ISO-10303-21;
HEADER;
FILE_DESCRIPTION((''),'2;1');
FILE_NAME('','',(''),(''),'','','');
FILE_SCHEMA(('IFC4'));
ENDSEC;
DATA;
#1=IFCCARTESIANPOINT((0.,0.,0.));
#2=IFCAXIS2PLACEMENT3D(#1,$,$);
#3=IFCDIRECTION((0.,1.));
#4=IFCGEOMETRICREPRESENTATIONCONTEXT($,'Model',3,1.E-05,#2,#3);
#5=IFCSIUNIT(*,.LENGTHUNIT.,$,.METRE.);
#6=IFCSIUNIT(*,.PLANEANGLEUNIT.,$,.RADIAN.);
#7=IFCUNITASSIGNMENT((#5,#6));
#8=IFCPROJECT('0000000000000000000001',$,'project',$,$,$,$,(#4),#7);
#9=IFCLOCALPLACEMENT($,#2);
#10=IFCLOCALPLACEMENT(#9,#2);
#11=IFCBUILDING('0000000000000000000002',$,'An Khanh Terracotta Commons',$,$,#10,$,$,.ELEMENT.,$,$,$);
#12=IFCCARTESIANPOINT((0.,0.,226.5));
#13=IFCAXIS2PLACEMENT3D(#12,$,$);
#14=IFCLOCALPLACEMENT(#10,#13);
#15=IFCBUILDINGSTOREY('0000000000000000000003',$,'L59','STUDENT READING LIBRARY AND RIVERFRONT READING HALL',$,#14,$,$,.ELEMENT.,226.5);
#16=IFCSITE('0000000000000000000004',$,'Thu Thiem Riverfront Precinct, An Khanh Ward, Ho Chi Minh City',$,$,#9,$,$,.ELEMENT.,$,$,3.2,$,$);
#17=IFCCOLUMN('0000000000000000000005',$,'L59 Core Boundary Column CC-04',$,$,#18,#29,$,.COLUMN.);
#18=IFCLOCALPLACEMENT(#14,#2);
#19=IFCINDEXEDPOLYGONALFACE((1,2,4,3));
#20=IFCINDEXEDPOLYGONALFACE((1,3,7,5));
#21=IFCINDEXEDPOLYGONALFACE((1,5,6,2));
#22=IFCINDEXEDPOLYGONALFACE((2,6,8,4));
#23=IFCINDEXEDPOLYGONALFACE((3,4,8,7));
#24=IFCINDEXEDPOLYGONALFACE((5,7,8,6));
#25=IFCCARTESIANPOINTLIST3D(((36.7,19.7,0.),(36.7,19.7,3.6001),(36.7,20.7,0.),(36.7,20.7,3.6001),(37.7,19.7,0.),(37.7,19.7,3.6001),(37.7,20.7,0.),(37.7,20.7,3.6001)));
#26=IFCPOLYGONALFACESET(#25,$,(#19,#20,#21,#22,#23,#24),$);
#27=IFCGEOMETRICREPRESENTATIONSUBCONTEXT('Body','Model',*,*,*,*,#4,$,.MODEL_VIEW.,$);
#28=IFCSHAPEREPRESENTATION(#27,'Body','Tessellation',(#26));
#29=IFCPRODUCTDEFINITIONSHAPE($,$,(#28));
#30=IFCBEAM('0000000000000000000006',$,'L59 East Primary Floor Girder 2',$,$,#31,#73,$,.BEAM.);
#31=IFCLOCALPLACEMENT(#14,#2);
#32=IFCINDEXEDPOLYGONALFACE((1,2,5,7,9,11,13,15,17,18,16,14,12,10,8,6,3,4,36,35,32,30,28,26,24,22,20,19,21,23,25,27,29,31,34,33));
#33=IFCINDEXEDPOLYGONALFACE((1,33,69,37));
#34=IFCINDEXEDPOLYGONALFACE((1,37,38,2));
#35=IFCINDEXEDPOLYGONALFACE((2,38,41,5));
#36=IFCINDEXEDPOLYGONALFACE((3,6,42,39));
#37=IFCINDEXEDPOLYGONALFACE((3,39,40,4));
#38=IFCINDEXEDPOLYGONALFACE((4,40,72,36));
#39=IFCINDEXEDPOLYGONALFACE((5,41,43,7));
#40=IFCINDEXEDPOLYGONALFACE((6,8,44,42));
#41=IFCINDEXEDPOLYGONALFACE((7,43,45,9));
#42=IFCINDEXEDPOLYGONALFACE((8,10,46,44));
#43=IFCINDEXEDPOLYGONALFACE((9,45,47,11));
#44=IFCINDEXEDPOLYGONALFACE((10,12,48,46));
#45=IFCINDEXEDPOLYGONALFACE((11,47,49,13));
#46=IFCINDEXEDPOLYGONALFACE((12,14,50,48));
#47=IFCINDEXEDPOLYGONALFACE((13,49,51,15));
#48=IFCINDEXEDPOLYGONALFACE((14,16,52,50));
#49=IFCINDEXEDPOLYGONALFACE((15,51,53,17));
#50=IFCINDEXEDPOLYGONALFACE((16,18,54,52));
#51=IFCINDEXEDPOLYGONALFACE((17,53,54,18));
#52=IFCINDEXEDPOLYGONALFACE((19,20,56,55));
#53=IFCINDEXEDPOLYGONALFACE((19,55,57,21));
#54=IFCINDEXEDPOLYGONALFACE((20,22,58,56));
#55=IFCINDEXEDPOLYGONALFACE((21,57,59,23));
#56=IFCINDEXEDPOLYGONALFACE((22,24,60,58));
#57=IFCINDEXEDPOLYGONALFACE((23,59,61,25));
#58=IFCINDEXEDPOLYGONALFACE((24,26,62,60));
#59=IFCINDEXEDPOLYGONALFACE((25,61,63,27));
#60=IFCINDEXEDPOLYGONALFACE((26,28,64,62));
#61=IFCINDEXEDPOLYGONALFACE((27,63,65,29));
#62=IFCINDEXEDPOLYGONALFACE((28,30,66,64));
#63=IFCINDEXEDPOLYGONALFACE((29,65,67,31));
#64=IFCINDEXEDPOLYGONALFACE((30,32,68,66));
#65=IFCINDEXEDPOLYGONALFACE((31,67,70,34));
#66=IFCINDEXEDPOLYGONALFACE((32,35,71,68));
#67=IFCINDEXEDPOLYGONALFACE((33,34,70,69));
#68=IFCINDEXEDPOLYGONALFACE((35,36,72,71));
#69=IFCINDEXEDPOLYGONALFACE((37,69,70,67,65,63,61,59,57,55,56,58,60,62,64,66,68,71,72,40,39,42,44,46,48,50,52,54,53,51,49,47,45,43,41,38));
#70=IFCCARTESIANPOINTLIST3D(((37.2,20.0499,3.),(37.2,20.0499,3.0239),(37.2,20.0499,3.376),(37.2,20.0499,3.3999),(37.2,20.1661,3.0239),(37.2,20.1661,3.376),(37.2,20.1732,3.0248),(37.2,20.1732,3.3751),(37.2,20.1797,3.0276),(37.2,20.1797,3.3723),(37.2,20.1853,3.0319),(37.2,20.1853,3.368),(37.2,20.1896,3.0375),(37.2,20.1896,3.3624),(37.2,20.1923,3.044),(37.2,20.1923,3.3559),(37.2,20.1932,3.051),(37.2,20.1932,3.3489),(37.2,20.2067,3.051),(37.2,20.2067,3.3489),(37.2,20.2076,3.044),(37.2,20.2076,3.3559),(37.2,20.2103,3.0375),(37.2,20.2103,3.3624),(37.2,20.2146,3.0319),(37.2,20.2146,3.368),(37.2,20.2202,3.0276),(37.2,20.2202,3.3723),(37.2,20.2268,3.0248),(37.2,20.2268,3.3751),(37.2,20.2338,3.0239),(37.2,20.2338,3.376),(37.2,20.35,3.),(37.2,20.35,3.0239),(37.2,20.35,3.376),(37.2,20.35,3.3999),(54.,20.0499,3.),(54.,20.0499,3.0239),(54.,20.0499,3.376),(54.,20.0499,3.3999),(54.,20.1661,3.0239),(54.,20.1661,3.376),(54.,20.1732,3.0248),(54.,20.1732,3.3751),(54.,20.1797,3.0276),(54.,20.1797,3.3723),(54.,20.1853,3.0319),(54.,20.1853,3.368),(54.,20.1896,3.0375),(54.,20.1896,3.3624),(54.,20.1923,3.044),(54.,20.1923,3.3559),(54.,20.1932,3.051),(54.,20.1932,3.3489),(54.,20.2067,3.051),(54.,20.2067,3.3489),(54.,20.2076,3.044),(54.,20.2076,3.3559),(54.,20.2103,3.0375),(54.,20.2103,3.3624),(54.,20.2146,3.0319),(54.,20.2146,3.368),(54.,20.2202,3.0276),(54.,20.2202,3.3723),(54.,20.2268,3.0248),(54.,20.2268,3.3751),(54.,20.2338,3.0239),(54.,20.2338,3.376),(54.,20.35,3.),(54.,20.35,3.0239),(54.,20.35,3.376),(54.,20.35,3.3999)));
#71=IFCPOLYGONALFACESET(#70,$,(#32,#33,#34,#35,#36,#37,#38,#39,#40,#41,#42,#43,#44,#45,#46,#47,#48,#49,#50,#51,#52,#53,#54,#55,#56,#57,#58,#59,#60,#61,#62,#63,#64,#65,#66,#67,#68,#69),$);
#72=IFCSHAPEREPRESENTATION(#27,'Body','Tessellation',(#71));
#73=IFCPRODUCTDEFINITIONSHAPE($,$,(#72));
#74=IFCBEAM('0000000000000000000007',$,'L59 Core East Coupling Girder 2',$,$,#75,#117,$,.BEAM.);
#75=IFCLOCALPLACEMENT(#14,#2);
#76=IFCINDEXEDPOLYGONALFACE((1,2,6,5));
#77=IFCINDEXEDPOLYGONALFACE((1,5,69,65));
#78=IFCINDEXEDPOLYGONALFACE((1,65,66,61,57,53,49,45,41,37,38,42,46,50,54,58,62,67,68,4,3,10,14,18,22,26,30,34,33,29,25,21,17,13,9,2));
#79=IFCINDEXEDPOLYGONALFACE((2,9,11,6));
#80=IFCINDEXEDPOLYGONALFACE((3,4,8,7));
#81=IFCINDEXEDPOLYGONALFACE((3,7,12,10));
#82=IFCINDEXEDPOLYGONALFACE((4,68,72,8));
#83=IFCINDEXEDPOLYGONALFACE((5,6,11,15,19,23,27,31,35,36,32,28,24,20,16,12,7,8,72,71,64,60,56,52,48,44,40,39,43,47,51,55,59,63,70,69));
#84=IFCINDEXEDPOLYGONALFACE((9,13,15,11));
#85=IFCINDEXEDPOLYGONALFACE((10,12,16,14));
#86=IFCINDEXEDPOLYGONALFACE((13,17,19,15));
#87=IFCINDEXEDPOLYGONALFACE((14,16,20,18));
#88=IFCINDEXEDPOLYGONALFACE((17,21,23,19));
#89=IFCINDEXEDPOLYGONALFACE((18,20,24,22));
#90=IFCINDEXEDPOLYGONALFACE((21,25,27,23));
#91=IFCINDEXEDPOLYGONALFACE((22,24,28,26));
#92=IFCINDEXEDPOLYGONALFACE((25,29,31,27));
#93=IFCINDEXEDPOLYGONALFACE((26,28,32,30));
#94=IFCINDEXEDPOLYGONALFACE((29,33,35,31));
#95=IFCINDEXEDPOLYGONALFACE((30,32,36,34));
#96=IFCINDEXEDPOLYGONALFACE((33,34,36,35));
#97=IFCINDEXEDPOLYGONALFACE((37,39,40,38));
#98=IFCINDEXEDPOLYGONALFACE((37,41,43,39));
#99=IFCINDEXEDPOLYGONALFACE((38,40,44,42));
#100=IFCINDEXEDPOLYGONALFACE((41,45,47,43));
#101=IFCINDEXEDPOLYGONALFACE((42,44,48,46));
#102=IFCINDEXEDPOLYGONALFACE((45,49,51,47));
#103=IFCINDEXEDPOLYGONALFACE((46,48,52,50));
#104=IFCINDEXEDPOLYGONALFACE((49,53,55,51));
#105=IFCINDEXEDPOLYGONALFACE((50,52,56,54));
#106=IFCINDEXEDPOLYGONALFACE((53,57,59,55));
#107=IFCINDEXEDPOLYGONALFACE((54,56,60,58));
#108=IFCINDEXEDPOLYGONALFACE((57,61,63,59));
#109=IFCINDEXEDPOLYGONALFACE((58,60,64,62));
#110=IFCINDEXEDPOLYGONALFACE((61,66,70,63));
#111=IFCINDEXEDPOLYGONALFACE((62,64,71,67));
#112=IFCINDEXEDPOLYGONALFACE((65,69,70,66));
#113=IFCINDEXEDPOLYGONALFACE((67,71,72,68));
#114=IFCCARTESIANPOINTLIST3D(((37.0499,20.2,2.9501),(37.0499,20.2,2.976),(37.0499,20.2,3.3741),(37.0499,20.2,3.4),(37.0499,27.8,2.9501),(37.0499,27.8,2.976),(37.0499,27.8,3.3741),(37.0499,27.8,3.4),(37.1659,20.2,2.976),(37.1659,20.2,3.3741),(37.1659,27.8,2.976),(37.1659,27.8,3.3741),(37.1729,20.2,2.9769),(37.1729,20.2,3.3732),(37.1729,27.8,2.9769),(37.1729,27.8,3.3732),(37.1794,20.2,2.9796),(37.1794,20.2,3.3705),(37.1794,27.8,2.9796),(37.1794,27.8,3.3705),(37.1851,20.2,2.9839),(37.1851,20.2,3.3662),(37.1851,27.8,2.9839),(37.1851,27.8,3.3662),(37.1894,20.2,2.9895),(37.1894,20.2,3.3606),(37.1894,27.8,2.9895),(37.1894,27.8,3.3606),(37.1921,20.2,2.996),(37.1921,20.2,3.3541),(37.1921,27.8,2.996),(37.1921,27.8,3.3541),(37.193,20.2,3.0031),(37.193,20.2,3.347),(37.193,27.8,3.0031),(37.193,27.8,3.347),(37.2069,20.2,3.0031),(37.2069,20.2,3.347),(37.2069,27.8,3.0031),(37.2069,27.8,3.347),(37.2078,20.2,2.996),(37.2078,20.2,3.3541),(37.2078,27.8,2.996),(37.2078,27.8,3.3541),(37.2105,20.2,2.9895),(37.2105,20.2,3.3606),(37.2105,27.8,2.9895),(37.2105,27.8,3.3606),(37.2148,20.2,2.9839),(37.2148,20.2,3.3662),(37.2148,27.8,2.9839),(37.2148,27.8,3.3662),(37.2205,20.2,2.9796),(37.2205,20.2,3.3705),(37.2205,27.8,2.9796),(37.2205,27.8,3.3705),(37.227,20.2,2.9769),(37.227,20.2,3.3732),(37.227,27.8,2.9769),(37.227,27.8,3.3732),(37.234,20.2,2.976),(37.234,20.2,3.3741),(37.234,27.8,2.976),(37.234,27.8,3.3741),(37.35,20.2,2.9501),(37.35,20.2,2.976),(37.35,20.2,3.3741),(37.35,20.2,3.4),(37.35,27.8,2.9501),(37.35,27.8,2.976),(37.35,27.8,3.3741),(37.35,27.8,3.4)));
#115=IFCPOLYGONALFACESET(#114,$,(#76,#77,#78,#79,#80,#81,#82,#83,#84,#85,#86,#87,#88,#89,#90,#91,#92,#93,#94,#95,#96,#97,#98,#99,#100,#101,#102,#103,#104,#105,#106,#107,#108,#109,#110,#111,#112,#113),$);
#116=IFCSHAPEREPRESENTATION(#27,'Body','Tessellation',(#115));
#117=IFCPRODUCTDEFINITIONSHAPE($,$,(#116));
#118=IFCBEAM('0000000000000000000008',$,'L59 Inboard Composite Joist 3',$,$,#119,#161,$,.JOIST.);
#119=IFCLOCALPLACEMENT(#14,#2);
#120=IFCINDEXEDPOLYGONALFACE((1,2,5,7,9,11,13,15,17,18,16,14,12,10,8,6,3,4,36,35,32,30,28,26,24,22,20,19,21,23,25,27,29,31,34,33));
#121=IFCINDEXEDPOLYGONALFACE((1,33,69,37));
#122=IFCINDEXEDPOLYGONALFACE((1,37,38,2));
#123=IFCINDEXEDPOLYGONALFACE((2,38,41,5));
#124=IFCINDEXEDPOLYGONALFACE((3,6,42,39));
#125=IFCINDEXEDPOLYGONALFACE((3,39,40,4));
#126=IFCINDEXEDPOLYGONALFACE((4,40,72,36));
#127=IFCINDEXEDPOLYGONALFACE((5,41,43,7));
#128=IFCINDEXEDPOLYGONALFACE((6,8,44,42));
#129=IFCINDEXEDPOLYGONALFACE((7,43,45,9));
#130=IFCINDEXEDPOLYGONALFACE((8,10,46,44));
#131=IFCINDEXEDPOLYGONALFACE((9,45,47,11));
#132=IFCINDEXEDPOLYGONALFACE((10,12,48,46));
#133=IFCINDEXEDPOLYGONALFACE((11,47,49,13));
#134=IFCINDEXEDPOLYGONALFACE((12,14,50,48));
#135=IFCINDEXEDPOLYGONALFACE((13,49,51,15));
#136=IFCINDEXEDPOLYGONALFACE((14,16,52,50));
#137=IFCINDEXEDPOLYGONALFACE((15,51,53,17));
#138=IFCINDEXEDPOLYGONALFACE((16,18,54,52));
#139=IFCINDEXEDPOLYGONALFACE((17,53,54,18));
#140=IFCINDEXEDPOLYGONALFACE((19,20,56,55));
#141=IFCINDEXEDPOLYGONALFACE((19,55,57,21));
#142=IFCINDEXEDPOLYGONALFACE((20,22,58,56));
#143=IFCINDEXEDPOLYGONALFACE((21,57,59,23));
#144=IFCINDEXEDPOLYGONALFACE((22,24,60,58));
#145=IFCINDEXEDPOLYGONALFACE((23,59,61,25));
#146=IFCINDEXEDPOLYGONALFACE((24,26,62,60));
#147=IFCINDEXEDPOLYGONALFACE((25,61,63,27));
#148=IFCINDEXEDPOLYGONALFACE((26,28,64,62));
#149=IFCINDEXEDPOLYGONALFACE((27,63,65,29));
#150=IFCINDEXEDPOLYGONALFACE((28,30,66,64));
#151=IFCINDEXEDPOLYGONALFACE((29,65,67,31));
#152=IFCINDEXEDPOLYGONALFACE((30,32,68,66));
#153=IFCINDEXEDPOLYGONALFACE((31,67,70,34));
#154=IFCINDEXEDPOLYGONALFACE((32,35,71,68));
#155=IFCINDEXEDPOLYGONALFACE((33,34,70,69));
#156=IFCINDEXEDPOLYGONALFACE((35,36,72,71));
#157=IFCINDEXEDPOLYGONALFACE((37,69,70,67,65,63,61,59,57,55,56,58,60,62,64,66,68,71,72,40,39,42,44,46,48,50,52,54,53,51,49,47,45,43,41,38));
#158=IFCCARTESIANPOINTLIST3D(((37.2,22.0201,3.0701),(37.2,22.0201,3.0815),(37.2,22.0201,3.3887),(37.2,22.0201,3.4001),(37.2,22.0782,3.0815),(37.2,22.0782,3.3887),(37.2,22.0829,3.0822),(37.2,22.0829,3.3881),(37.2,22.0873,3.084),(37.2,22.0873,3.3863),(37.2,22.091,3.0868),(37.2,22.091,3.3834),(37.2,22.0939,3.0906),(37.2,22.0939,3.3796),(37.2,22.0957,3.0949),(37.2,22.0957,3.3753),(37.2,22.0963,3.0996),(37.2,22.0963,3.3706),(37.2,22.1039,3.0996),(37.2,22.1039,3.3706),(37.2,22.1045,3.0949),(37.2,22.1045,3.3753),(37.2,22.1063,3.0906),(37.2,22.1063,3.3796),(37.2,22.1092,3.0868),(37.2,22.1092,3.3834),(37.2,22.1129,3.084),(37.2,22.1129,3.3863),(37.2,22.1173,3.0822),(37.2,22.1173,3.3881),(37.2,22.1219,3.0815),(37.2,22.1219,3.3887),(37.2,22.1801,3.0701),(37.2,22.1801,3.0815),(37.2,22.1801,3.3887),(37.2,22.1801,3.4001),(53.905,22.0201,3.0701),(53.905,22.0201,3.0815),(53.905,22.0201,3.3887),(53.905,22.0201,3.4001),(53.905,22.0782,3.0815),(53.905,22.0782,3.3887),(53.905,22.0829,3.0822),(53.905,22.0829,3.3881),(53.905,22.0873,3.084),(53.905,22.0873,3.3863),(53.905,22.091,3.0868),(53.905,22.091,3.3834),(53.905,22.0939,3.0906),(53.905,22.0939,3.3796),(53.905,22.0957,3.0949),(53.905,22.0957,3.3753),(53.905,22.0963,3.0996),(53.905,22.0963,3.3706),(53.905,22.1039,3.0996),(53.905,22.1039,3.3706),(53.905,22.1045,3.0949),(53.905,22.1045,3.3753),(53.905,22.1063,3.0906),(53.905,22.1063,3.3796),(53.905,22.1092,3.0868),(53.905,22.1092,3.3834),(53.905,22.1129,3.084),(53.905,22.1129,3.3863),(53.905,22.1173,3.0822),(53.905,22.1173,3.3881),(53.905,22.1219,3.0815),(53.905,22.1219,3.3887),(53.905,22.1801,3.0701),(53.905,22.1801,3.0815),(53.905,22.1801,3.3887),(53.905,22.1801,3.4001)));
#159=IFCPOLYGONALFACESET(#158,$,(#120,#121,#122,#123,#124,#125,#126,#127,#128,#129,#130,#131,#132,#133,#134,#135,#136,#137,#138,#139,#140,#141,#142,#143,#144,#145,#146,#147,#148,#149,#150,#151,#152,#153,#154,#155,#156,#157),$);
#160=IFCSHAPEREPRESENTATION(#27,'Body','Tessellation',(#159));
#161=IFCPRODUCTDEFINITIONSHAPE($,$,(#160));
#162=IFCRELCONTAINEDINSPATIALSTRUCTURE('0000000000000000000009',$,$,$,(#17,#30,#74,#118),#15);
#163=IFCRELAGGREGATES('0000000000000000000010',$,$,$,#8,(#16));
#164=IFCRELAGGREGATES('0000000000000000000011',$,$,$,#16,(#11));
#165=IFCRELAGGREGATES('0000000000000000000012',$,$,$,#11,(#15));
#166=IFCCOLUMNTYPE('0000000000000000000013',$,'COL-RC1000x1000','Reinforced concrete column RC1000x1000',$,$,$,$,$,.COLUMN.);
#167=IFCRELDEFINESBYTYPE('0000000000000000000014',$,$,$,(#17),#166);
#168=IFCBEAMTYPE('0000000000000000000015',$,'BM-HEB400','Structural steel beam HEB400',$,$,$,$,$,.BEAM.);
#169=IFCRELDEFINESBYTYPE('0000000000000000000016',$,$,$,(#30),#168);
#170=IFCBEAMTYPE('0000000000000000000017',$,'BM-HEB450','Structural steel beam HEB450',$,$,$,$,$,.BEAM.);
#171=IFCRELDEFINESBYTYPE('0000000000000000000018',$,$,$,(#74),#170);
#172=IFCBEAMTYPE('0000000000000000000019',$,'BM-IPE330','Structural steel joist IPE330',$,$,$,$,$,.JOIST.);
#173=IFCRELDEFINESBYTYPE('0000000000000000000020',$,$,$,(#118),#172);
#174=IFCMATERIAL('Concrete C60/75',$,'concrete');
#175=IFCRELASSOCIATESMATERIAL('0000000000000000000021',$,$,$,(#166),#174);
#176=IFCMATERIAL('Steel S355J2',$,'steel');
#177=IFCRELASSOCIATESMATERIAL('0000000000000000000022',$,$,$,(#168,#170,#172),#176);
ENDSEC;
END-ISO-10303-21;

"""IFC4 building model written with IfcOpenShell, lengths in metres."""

from ifc_helpers import new_model, si_unit, direction, frame, origin, origin_2d, place, context, subcontext, project, spatial, rectangle, i_section, extrude, material, material_profile, profile_set, type_object, element, save


model = new_model("IFC4")

# Units and contexts
model_context = context("Model", 3, precision=1e-05, world=origin(), true_north=direction((0.0, 1.0)))
body_context = subcontext(model_context, "Body", "Model", "MODEL_VIEW")
ifc_project = project(units=[si_unit("LENGTHUNIT", "METRE"), si_unit("PLANEANGLEUNIT", "RADIAN")], contexts=[model_context])

# Site, building, storey
site_placement = place(None, origin())
site = spatial("IfcSite", under=ifc_project, at=site_placement, Name="Thu Thiem Riverfront Precinct, An Khanh Ward, Ho Chi Minh City", CompositionType="ELEMENT", RefElevation=3.2)
building_placement = place(site_placement, origin())
building = spatial("IfcBuilding", under=site, at=building_placement, Name="An Khanh Terracotta Commons", CompositionType="ELEMENT")
storey_placement = place(building_placement, frame((0.0, 0.0, 226.5)))
storey = spatial("IfcBuildingStorey", under=building, at=storey_placement, Name="L59", Description="STUDENT READING LIBRARY AND RIVERFRONT READING HALL", CompositionType="ELEMENT", Elevation=226.5)

# Column
ifc_material_1 = material(Name="Concrete C60/75", Category="concrete")
ifc_material_profile_1 = material_profile(ifc_material_1, rectangle(XDim=1.0, YDim=1.0, at=origin_2d()), Name="RC1000x1000")
ifc_profile_set_1 = profile_set([ifc_material_profile_1], Name="Concrete C60/75")
column_type = type_object("IfcColumnType", Name="COL-RC1000x1000", Description="Reinforced concrete column RC1000x1000", PredefinedType="COLUMN", material=ifc_profile_set_1)
column_placement = place(storey_placement, frame((37.2, 20.2, 0.0), z_axis=(0.0, 0.0, 1.0), x_axis=(1.0, 0.0, 0.0)))
element("IfcColumn", 1, at=column_placement, inside=storey, type_object=column_type, Name="L59 Core Boundary Column CC-04", PredefinedType="COLUMN", context=body_context, shape_type="SweptSolid", body=[
    extrude(rectangle(XDim=1.0, YDim=1.0, at=origin_2d()), origin(), (0.0, 0.0, 1.0), 3.6001),
])

# Beams
ifc_material_2 = material(Name="Steel S355J2", Category="steel")
ifc_material_profile_2 = material_profile(ifc_material_2, i_section(OverallWidth=0.3, OverallDepth=0.3999, WebThickness=0.0134, FlangeThickness=0.0239, FilletRadius=0.0271, at=origin_2d()), Name="HEB400")
ifc_profile_set_2 = profile_set([ifc_material_profile_2], Name="Steel S355J2")
beam_type_1 = type_object("IfcBeamType", Name="BM-HEB400", Description="Structural steel beam HEB400", PredefinedType="BEAM", material=ifc_profile_set_2)
beam_1_placement = place(storey_placement, frame((37.2, 20.2, 3.2), z_axis=(1.0, 0.0, 0.0), x_axis=(0.0, 1.0, 0.0)))
element("IfcBeam", 2, at=beam_1_placement, inside=storey, type_object=beam_type_1, Name="L59 East Primary Floor Girder 2", PredefinedType="BEAM", context=body_context, shape_type="SweptSolid", body=[
    extrude(i_section(OverallWidth=0.3, OverallDepth=0.3999, WebThickness=0.0134, FlangeThickness=0.0239, FilletRadius=0.0271, at=origin_2d()), origin(), (0.0, 0.0, 1.0), 16.8),
])
ifc_material_profile_3 = material_profile(ifc_material_2, i_section(OverallWidth=0.3, OverallDepth=0.45, WebThickness=0.0139, FlangeThickness=0.0259, FilletRadius=0.0271, at=origin_2d()), Name="HEB450")
ifc_profile_set_3 = profile_set([ifc_material_profile_3], Name="Steel S355J2")
beam_type_2 = type_object("IfcBeamType", Name="BM-HEB450", Description="Structural steel beam HEB450", PredefinedType="BEAM", material=ifc_profile_set_3)
beam_2_placement = place(storey_placement, frame((37.2, 20.2, 3.175), z_axis=(0.0, 1.0, 0.0), x_axis=(-1.0, 0.0, 0.0)))
element("IfcBeam", 3, at=beam_2_placement, inside=storey, type_object=beam_type_2, Name="L59 Core East Coupling Girder 2", PredefinedType="BEAM", context=body_context, shape_type="SweptSolid", body=[
    extrude(i_section(OverallWidth=0.3, OverallDepth=0.45, WebThickness=0.0139, FlangeThickness=0.0259, FilletRadius=0.0271, at=origin_2d()), origin(), (0.0, 0.0, 1.0), 7.6001),
])
ifc_material_profile_4 = material_profile(ifc_material_2, i_section(OverallWidth=0.1599, OverallDepth=0.3301, WebThickness=0.0076, FlangeThickness=0.0115, FilletRadius=0.0181, at=origin_2d()), Name="IPE330")
ifc_profile_set_4 = profile_set([ifc_material_profile_4], Name="Steel S355J2")
beam_type_3 = type_object("IfcBeamType", Name="BM-IPE330", Description="Structural steel joist IPE330", PredefinedType="JOIST", material=ifc_profile_set_4)
for number, where, z_axis, x_axis, name in (
    (4, (37.2, 22.1001, 3.2351), (1.0, 0.0, 0.0), (0.0, 1.0, 0.0), "L59 Inboard Composite Joist 3"),
):
    element("IfcBeam", number, at=place(storey_placement, frame(where, z_axis=z_axis, x_axis=x_axis)), inside=storey, type_object=beam_type_3, Name=name, PredefinedType="JOIST", context=body_context, shape_type="SweptSolid", body=[
        extrude(i_section(OverallWidth=0.1599, OverallDepth=0.3301, WebThickness=0.0076, FlangeThickness=0.0115, FilletRadius=0.0181, at=origin_2d()), origin(), (0.0, 0.0, 1.0), 16.7051),
    ])

save(model, "model.ifc")
